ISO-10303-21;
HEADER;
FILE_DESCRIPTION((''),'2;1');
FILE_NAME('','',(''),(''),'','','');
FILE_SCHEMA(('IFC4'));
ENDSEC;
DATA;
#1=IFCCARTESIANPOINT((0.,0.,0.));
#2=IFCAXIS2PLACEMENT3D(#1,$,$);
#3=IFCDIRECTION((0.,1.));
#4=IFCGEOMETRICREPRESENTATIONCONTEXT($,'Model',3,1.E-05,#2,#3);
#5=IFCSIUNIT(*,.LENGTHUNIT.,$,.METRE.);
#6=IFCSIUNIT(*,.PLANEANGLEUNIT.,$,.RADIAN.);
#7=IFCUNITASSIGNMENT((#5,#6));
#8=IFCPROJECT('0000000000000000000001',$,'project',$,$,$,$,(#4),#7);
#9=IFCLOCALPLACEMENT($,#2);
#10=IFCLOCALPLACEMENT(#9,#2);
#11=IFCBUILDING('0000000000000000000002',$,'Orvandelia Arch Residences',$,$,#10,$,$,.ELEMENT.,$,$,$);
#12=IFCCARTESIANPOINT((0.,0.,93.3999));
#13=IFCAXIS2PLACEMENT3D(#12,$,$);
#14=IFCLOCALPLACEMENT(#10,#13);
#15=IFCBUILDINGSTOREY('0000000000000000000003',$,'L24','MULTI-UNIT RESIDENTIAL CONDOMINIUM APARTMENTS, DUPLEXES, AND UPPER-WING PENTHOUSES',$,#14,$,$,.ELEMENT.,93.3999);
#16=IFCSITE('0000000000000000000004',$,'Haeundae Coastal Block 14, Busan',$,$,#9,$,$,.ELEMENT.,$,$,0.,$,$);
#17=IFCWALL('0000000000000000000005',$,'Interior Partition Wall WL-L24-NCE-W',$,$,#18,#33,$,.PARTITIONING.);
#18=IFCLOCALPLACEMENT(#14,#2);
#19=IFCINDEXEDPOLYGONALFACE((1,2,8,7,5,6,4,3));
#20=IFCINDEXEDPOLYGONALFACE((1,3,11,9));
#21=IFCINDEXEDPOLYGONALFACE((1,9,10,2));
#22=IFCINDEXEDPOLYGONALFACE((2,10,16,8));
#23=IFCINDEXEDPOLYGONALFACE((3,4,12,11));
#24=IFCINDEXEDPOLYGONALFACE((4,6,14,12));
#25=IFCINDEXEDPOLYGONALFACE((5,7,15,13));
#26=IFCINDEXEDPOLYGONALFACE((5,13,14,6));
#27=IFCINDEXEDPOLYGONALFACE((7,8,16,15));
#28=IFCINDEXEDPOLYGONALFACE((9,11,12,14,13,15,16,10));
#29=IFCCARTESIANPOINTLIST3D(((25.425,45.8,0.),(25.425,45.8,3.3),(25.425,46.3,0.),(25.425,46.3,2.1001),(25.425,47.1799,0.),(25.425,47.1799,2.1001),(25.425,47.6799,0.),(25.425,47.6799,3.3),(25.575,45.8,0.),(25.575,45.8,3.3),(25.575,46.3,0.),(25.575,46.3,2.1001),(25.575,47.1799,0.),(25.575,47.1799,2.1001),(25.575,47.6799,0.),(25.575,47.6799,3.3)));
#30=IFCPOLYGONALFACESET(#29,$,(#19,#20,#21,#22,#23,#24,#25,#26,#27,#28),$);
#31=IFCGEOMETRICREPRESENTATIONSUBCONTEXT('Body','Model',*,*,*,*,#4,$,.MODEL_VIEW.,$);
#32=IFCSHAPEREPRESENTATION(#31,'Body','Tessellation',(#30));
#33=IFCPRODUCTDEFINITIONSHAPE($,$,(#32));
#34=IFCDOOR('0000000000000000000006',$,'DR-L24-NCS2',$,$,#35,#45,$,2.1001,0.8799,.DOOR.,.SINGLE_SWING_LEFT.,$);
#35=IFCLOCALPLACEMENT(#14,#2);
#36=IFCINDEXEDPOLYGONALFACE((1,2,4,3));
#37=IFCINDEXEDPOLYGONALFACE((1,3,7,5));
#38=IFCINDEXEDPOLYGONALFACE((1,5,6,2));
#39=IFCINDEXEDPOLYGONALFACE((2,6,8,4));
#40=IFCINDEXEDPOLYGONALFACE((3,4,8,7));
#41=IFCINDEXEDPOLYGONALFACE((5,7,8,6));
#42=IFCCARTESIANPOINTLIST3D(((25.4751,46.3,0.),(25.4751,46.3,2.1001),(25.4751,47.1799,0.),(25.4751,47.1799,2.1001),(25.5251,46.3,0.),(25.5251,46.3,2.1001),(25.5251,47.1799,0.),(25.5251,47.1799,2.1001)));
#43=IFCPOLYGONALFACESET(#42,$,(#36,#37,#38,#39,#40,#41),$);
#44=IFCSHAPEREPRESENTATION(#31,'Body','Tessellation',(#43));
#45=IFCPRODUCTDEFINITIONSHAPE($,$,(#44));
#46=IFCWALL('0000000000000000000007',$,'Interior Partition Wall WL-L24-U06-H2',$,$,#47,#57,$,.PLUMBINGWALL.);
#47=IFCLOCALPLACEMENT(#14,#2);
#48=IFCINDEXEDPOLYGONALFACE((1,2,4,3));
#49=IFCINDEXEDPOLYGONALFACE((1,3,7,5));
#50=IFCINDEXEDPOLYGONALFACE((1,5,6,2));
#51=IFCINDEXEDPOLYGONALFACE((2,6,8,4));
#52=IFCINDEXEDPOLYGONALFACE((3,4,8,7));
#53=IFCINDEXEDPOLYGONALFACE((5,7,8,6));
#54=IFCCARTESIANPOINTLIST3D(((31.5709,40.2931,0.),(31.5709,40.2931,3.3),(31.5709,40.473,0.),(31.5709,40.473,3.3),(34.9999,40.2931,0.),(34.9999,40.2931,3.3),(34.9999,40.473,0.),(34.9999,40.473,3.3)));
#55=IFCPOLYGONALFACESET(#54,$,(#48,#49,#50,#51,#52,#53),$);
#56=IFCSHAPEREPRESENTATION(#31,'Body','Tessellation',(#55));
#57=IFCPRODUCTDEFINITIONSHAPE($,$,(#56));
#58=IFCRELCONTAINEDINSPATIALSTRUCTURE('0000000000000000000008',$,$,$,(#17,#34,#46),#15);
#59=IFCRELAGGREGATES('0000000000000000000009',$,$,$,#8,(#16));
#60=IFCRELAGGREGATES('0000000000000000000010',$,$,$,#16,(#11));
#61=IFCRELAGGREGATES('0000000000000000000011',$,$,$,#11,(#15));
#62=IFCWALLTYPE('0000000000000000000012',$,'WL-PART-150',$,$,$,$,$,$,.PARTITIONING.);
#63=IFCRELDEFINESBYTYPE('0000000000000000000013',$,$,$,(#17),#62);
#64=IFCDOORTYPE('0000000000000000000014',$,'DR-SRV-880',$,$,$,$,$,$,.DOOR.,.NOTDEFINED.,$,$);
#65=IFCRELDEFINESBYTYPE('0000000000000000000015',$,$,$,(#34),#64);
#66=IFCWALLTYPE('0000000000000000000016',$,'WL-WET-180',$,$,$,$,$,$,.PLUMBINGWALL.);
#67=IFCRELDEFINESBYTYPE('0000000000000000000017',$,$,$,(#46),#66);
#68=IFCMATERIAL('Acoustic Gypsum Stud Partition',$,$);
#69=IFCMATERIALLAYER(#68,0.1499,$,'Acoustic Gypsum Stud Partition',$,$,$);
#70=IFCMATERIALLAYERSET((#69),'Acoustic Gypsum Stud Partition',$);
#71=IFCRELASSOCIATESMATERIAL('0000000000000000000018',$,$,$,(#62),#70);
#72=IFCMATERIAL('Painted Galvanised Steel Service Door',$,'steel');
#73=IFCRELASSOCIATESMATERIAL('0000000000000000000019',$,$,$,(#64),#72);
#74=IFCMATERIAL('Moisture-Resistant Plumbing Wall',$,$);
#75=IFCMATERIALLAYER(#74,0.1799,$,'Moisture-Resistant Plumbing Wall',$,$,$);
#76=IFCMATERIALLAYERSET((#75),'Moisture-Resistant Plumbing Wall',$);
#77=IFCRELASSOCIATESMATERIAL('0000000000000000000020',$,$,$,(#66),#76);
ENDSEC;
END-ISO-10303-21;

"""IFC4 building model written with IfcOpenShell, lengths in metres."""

from ifc_helpers import new_model, si_unit, direction, frame, frame_2d, origin, place, context, subcontext, project, spatial, rectangle, extrude, material, layer, layer_set, type_object, element, fill, save


model = new_model("IFC4")

# Units and contexts
model_context = context("Model", 3, precision=1e-05, world=origin(), true_north=direction((0.0, 1.0)))
body_context = subcontext(model_context, "Body", "Model", "MODEL_VIEW")
ifc_project = project(units=[si_unit("LENGTHUNIT", "METRE"), si_unit("PLANEANGLEUNIT", "RADIAN")], contexts=[model_context])

# Site, building, storey
site_placement = place(None, origin())
site = spatial("IfcSite", under=ifc_project, at=site_placement, Name="Haeundae Coastal Block 14, Busan", CompositionType="ELEMENT", RefElevation=0.0)
building_placement = place(site_placement, origin())
building = spatial("IfcBuilding", under=site, at=building_placement, Name="Orvandelia Arch Residences", CompositionType="ELEMENT")
storey_placement = place(building_placement, frame((0.0, 0.0, 93.3999)))
storey = spatial("IfcBuildingStorey", under=building, at=storey_placement, Name="L24", Description="MULTI-UNIT RESIDENTIAL CONDOMINIUM APARTMENTS, DUPLEXES, AND UPPER-WING PENTHOUSES", CompositionType="ELEMENT", Elevation=93.3999)

# Wall, opening, door
ifc_material_1 = material(Name="Acoustic Gypsum Stud Partition")
ifc_layer_1 = layer(ifc_material_1, 0.1499, Name="Acoustic Gypsum Stud Partition")
ifc_layer_set_1 = layer_set([ifc_layer_1], Name="Acoustic Gypsum Stud Partition")
wall_type_1 = type_object("IfcWallType", Name="WL-PART-150", PredefinedType="PARTITIONING", material=ifc_layer_set_1)
wall_1_placement = place(storey_placement, frame((25.5, 45.8, 0.0), z_axis=(0.0, 0.0, 1.0), x_axis=(0.0, 1.0, 0.0)))
wall_1 = element("IfcWall", 1, at=wall_1_placement, inside=storey, type_object=wall_type_1, Name="Interior Partition Wall WL-L24-NCE-W", PredefinedType="PARTITIONING", context=body_context, shape_type="SweptSolid", body=[
    extrude(rectangle(XDim=1.8799, YDim=0.1499, at=frame_2d((0.9399, 0.0))), origin(), (0.0, 0.0, 1.0), 3.3),
])
opening_1_placement = place(wall_1_placement, frame((0.5, 0.0, 0.0)))
opening_1 = element("IfcOpeningElement", 2, at=opening_1_placement, cuts=wall_1, PredefinedType="OPENING", context=body_context, shape_type="SweptSolid", body=[
    extrude(rectangle(XDim=0.8799, YDim=2.1001, at=frame_2d((0.4399, 1.05))), frame((0.0, 0.085, 0.0), z_axis=(0.0, -1.0, 0.0), x_axis=(1.0, 0.0, 0.0)), (0.0, 0.0, 1.0), 0.1699),
])
ifc_material_2 = material(Name="Painted Galvanised Steel Service Door", Category="steel")
door_type_1 = type_object("IfcDoorType", Name="DR-SRV-880", OperationType="NOTDEFINED", PredefinedType="DOOR", material=ifc_material_2)
door_1_placement = place(opening_1_placement, origin())
door_1 = element("IfcDoor", 3, at=door_1_placement, inside=storey, type_object=door_type_1, Name="DR-L24-NCS2", OperationType="SINGLE_SWING_LEFT", OverallHeight=2.1001, OverallWidth=0.8799, PredefinedType="DOOR", context=body_context, shape_type="SweptSolid", body=[
    extrude(rectangle(XDim=0.8799, YDim=2.1001, at=frame_2d((0.4399, 1.05))), frame((0.0, 0.0249, 0.0), z_axis=(0.0, -1.0, 0.0), x_axis=(1.0, 0.0, 0.0)), (0.0, 0.0, 1.0), 0.05),
])
fill(opening_1, door_1)

# Wall
ifc_material_3 = material(Name="Moisture-Resistant Plumbing Wall")
ifc_layer_2 = layer(ifc_material_3, 0.1799, Name="Moisture-Resistant Plumbing Wall")
ifc_layer_set_2 = layer_set([ifc_layer_2], Name="Moisture-Resistant Plumbing Wall")
wall_type_2 = type_object("IfcWallType", Name="WL-WET-180", PredefinedType="PLUMBINGWALL", material=ifc_layer_set_2)
wall_2_placement = place(storey_placement, frame((31.571, 40.3831, 0.0), z_axis=(0.0, 0.0, 1.0), x_axis=(1.0, 0.0, 0.0)))
element("IfcWall", 4, at=wall_2_placement, inside=storey, type_object=wall_type_2, Name="Interior Partition Wall WL-L24-U06-H2", PredefinedType="PLUMBINGWALL", context=body_context, shape_type="SweptSolid", body=[
    extrude(rectangle(XDim=3.429, YDim=0.1799, at=frame_2d((1.7144, 0.0))), origin(), (0.0, 0.0, 1.0), 3.3),
])

save(model, "model.ifc")
